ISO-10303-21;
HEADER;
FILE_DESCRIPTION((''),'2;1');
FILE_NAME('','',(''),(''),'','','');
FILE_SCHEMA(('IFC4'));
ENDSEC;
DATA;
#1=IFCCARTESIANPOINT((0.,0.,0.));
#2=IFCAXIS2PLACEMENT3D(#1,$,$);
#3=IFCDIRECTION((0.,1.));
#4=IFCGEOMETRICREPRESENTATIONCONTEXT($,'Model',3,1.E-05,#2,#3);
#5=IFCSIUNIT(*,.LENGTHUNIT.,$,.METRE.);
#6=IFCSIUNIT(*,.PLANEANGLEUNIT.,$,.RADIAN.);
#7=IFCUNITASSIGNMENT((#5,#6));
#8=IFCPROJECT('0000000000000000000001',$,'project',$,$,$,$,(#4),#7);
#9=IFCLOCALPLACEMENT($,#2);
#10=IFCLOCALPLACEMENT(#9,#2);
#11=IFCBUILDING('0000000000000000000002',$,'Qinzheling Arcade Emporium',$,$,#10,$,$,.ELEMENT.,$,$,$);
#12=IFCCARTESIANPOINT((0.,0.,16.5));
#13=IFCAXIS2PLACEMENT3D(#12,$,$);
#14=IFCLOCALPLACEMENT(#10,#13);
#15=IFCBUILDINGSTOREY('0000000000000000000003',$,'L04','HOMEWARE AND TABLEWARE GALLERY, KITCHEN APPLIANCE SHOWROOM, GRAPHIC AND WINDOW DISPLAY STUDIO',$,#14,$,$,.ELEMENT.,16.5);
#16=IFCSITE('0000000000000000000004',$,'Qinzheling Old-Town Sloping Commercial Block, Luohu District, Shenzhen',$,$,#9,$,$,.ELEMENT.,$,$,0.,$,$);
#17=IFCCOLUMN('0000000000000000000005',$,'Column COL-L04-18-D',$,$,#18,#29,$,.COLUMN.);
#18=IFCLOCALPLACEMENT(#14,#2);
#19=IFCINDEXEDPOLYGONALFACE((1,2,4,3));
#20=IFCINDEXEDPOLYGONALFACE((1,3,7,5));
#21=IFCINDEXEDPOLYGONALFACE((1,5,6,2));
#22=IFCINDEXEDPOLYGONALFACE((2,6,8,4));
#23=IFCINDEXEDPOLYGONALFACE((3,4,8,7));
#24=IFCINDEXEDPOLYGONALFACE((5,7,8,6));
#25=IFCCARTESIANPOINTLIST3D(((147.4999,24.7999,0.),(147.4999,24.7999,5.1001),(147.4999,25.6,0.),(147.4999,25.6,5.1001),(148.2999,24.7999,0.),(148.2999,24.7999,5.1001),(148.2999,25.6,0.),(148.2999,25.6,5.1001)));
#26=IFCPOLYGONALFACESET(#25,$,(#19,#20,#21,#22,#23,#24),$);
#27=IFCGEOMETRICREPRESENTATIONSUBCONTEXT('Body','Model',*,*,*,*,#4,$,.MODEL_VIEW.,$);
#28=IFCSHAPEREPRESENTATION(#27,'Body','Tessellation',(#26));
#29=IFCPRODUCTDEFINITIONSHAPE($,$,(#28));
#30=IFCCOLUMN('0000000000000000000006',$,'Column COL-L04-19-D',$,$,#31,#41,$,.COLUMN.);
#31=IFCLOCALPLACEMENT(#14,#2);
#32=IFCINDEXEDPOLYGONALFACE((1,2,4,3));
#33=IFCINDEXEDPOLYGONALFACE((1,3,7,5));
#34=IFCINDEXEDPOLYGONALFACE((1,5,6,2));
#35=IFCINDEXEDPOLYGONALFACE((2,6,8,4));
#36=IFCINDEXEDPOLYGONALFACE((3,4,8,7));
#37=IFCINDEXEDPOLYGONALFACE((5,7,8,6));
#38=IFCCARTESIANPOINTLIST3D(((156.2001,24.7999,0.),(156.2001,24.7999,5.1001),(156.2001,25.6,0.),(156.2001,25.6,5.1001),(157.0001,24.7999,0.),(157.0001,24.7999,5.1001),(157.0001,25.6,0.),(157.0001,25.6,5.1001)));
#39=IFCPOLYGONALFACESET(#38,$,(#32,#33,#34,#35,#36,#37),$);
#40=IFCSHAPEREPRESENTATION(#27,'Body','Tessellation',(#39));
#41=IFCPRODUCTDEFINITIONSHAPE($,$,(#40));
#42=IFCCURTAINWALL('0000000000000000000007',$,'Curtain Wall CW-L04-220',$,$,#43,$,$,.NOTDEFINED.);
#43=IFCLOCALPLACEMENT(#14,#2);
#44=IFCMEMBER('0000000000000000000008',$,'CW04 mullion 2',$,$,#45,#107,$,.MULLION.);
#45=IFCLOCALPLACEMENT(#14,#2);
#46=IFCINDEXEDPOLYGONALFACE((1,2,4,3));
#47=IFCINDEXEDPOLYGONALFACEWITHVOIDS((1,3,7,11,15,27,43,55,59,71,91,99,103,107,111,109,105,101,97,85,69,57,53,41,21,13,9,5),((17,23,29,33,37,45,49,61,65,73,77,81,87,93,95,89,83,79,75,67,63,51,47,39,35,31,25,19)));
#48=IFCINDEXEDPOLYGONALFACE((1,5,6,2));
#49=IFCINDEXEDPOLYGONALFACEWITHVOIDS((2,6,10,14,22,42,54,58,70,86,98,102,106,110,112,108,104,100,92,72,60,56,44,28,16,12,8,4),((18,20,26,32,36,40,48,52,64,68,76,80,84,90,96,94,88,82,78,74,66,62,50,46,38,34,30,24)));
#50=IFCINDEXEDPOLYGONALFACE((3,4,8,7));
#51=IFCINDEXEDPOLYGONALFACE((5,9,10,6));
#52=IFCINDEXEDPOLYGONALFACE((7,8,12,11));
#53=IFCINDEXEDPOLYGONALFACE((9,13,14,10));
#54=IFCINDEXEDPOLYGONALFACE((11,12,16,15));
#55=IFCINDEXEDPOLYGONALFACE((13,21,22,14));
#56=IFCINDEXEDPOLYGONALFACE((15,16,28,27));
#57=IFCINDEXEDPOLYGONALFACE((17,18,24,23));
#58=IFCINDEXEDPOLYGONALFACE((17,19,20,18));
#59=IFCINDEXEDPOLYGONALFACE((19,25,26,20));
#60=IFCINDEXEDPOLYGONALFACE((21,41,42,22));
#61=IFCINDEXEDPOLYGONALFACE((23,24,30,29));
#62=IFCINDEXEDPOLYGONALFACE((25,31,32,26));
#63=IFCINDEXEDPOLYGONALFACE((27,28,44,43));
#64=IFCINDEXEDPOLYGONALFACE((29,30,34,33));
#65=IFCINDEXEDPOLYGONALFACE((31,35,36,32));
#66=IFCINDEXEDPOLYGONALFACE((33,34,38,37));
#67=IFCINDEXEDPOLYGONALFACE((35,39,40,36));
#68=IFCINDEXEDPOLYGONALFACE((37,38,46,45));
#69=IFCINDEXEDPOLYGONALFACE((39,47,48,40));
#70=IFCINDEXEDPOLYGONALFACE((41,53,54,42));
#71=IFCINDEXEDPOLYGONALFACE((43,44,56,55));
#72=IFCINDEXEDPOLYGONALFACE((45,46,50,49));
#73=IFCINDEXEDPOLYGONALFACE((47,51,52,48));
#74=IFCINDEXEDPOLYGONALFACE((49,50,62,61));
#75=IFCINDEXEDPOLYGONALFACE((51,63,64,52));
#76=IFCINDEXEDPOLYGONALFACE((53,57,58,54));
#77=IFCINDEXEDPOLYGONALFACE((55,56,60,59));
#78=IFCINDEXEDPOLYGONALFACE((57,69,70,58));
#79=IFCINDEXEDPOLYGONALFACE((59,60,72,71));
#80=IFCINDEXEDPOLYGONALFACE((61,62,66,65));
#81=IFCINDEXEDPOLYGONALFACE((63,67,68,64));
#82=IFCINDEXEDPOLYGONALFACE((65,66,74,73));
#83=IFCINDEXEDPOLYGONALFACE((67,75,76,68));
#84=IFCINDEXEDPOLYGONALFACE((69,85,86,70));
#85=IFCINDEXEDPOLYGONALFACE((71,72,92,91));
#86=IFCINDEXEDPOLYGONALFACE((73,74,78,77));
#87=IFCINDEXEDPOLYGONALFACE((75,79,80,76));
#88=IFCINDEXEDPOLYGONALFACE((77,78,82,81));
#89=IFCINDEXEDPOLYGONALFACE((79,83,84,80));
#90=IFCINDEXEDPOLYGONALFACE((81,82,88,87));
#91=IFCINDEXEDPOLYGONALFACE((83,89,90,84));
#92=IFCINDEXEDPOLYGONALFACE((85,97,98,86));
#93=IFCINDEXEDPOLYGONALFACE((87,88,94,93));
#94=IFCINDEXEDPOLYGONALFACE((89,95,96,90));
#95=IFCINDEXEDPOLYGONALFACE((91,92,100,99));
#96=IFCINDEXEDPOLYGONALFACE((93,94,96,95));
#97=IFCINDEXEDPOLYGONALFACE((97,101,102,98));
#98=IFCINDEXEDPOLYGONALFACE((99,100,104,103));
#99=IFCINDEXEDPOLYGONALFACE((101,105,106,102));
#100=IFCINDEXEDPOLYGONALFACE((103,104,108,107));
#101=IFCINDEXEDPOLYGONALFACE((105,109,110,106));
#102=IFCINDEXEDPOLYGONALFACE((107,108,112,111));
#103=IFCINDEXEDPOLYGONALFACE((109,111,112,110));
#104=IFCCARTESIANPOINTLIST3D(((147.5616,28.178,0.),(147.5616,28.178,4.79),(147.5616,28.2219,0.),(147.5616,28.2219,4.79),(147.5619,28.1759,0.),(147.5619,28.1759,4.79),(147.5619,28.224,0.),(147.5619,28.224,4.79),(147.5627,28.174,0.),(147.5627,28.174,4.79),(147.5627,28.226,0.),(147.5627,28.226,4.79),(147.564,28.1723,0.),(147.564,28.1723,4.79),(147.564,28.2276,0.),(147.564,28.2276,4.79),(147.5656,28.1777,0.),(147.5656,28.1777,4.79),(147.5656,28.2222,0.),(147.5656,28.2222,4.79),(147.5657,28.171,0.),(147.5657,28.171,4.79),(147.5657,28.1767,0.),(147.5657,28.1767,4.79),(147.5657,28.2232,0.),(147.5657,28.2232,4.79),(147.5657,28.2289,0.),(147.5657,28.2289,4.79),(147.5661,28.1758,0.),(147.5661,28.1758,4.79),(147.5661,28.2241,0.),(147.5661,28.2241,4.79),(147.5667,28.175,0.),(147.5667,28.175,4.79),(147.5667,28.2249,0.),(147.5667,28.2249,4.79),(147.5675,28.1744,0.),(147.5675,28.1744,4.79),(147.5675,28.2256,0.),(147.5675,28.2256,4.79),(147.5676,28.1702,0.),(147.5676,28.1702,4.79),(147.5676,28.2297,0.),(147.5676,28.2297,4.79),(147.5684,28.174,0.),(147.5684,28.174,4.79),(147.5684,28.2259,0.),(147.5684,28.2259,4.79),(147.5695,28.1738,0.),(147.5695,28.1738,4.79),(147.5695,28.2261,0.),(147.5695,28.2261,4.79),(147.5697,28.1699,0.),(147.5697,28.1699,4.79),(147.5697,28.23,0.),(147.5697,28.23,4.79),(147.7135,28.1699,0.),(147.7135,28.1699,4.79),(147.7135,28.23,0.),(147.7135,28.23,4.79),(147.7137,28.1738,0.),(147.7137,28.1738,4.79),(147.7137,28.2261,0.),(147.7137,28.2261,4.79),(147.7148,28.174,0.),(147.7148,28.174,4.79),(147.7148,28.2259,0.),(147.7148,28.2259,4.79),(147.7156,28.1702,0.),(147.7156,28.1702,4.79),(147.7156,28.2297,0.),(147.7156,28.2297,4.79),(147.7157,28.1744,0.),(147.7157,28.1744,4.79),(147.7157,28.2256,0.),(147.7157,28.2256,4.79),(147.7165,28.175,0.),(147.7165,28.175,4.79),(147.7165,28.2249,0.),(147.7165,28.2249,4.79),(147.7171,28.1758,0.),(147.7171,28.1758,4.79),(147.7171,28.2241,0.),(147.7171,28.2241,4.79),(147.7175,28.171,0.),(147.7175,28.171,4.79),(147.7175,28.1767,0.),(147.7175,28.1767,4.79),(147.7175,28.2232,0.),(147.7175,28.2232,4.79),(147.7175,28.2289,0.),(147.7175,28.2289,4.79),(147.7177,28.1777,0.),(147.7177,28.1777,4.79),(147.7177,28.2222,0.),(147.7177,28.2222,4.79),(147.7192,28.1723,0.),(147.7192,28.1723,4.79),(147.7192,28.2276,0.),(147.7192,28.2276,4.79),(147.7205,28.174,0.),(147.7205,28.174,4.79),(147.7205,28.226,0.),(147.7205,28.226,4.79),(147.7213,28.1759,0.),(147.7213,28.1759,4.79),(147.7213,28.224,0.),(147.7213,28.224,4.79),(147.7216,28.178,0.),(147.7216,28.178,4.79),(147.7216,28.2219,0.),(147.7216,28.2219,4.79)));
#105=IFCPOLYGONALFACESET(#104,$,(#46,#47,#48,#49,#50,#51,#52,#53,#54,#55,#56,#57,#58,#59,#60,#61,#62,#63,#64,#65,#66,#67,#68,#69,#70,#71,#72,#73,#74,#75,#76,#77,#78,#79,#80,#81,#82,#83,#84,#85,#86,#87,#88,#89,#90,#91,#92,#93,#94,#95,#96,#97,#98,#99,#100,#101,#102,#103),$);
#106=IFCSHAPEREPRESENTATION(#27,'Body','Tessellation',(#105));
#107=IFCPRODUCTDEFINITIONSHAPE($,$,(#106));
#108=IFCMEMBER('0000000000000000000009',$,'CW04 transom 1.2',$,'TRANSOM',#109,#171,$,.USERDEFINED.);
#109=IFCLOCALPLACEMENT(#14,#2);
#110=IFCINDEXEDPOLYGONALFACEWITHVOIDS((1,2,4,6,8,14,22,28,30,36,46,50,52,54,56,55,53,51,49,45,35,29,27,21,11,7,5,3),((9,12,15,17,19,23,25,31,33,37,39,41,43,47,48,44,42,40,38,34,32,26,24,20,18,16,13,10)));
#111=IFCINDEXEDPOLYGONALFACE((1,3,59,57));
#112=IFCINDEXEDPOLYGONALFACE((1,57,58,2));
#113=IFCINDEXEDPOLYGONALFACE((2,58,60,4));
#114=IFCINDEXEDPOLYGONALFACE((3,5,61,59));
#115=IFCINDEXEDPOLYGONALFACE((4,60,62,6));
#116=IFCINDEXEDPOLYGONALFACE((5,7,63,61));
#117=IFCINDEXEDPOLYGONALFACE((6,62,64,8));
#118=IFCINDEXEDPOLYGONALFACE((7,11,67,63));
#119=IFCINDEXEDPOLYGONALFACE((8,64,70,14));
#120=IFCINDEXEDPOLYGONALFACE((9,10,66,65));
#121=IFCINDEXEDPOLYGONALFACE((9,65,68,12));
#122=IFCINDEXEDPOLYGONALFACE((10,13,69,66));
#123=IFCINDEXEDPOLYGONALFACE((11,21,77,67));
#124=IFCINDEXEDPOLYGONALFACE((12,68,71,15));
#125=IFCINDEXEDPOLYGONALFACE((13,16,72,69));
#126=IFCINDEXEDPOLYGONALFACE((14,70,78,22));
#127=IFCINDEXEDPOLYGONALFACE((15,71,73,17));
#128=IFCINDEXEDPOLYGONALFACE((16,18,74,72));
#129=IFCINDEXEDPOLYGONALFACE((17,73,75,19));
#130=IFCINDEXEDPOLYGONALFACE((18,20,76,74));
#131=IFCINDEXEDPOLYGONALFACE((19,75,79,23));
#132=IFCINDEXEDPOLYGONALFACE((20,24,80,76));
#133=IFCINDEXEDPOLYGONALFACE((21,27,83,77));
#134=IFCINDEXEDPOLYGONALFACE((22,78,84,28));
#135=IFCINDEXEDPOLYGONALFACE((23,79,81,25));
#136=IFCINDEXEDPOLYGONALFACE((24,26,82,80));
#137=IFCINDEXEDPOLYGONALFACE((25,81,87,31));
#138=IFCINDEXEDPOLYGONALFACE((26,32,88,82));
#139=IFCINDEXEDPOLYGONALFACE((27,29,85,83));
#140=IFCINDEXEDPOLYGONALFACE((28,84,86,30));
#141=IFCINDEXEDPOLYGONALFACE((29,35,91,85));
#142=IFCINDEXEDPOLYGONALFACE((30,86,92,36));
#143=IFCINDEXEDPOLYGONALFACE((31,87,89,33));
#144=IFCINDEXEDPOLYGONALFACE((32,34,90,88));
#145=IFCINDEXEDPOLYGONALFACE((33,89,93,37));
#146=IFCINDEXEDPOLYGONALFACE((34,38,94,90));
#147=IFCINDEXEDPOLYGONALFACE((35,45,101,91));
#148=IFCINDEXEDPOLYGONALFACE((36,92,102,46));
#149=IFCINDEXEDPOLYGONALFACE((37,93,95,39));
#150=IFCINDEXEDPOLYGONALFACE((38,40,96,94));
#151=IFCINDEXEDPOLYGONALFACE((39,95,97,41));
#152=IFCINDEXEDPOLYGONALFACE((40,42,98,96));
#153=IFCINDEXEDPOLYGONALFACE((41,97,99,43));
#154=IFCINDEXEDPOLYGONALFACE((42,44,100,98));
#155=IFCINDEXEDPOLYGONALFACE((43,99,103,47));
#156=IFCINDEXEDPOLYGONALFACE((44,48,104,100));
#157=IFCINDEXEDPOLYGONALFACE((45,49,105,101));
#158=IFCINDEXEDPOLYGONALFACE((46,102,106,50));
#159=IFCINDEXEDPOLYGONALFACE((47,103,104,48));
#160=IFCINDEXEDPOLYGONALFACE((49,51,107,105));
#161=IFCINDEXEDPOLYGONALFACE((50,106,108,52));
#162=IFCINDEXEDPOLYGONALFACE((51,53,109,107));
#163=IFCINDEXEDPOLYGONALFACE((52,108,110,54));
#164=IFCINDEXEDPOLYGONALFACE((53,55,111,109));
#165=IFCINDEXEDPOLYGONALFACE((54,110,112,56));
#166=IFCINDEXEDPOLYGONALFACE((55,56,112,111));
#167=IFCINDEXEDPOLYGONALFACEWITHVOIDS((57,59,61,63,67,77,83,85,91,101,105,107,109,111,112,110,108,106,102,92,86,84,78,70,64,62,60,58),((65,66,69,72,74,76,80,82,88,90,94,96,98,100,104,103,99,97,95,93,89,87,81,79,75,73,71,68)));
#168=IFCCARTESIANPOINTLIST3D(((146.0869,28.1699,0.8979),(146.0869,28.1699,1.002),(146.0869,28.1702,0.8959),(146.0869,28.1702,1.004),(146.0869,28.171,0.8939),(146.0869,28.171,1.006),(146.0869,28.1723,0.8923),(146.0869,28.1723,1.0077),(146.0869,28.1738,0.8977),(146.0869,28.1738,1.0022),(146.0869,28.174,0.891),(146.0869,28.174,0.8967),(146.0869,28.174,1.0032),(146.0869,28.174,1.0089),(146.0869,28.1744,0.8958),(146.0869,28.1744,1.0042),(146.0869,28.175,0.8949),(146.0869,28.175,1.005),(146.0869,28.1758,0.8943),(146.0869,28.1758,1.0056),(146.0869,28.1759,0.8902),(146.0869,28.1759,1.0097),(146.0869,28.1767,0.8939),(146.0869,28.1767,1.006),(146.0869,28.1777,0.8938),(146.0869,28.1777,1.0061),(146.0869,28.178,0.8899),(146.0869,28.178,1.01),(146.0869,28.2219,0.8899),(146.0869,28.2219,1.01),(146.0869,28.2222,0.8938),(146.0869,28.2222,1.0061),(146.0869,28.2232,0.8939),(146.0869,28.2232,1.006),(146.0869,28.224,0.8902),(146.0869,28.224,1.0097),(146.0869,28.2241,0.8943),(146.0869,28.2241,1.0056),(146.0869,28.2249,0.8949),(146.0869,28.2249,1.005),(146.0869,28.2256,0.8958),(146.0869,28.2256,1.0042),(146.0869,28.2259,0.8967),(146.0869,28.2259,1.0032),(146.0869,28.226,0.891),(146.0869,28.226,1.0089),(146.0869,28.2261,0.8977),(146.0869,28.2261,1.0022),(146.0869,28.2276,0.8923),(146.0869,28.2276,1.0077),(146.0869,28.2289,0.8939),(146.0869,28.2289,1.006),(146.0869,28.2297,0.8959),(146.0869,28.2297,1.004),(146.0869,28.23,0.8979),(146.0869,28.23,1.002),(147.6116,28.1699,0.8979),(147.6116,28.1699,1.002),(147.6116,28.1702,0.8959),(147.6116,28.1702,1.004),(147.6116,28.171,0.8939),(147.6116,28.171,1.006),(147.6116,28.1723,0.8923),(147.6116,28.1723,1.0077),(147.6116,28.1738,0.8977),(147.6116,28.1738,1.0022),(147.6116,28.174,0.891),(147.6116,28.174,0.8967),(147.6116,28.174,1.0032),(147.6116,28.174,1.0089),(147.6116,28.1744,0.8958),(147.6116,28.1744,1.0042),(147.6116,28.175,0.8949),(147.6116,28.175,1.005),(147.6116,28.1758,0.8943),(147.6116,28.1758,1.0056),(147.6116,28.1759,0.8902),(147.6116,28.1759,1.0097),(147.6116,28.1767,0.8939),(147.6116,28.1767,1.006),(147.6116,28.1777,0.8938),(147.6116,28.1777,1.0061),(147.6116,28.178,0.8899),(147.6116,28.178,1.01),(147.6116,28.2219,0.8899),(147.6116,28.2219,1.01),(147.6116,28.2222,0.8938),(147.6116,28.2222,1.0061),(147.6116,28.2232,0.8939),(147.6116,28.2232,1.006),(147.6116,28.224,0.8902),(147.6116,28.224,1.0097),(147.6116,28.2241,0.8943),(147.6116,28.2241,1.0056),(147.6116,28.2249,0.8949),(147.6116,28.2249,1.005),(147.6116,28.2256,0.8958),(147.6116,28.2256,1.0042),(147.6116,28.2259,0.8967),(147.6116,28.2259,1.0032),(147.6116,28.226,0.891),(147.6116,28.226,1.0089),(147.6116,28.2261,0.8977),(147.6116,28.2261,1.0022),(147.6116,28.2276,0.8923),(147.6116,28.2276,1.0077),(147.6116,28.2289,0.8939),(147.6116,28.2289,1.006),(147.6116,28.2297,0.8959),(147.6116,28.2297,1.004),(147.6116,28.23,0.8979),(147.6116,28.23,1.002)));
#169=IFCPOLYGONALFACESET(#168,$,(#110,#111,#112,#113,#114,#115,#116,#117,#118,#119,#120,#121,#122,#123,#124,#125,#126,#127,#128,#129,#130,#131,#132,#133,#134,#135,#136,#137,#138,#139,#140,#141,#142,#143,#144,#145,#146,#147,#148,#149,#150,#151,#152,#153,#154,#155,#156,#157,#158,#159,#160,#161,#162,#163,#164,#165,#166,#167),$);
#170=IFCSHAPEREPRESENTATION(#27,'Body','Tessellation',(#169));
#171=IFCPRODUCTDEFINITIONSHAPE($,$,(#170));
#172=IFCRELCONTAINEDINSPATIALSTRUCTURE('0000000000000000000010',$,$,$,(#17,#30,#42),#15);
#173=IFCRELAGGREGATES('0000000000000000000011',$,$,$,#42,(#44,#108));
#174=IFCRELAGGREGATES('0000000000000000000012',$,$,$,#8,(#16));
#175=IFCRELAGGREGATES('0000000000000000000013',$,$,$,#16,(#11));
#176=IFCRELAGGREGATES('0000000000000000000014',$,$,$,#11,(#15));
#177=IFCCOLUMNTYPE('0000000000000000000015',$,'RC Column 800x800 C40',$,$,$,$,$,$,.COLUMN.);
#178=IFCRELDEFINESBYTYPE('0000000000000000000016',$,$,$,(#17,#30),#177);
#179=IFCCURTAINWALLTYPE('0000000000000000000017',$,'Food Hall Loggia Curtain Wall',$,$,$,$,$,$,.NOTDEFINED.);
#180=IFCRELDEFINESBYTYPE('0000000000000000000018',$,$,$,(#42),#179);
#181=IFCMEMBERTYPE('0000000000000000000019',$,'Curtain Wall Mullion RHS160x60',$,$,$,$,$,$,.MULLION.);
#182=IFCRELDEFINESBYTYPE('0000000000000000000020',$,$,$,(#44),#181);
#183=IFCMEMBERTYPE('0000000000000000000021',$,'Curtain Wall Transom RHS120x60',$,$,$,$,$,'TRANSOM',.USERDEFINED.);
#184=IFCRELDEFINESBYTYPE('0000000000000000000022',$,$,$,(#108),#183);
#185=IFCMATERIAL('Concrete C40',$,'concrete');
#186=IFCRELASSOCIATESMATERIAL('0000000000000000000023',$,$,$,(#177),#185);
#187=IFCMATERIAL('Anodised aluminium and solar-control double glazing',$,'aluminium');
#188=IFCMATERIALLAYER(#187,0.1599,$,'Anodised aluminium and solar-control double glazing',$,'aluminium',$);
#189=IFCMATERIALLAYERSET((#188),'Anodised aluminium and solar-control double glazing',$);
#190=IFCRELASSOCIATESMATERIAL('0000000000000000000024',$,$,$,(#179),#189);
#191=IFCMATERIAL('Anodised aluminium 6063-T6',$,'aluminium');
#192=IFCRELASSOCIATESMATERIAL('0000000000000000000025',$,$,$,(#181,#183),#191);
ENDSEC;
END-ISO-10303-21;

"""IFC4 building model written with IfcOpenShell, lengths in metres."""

from ifc_helpers import new_model, si_unit, direction, frame, origin, origin_2d, place, context, subcontext, project, spatial, rectangle, hollow_rectangle, extrude, material, layer, layer_set, material_profile, profile_set, type_object, element, aggregate, save


model = new_model("IFC4")

# Units and contexts
model_context = context("Model", 3, precision=1e-05, world=origin(), true_north=direction((0.0, 1.0)))
body_context = subcontext(model_context, "Body", "Model", "MODEL_VIEW")
ifc_project = project(units=[si_unit("LENGTHUNIT", "METRE"), si_unit("PLANEANGLEUNIT", "RADIAN")], contexts=[model_context])

# Site, building, storey
site_placement = place(None, origin())
site = spatial("IfcSite", under=ifc_project, at=site_placement, Name="Qinzheling Old-Town Sloping Commercial Block, Luohu District, Shenzhen", CompositionType="ELEMENT", RefElevation=0.0)
building_placement = place(site_placement, origin())
building = spatial("IfcBuilding", under=site, at=building_placement, Name="Qinzheling Arcade Emporium", CompositionType="ELEMENT")
storey_placement = place(building_placement, frame((0.0, 0.0, 16.5)))
storey = spatial("IfcBuildingStorey", under=building, at=storey_placement, Name="L04", Description="HOMEWARE AND TABLEWARE GALLERY, KITCHEN APPLIANCE SHOWROOM, GRAPHIC AND WINDOW DISPLAY STUDIO", CompositionType="ELEMENT", Elevation=16.5)

# Columns
ifc_material_1 = material(Name="Concrete C40", Category="concrete")
ifc_material_profile_1 = material_profile(ifc_material_1, rectangle(XDim=0.8, YDim=0.8, at=origin_2d()), Name="RC 800x800", Category="concrete")
ifc_profile_set_1 = profile_set([ifc_material_profile_1], Name="Concrete C40")
column_type = type_object("IfcColumnType", Name="RC Column 800x800 C40", PredefinedType="COLUMN", material=ifc_profile_set_1)
for number, where, z_axis, x_axis, name in (
    (1, (147.8999, 25.2, 0.0), (0.0, 0.0, 1.0), (1.0, 0.0, 0.0), "Column COL-L04-18-D"),
    (2, (156.6001, 25.2, 0.0), (0.0, 0.0, 1.0), (1.0, 0.0, 0.0), "Column COL-L04-19-D"),
):
    element("IfcColumn", number, at=place(storey_placement, frame(where, z_axis=z_axis, x_axis=x_axis)), inside=storey, type_object=column_type, Name=name, PredefinedType="COLUMN", context=body_context, shape_type="SweptSolid", body=[
        extrude(rectangle(XDim=0.8, YDim=0.8, at=origin_2d()), origin(), (0.0, 0.0, 1.0), 5.1001),
    ])

# Curtain wall, members
ifc_material_2 = material(Name="Anodised aluminium and solar-control double glazing", Category="aluminium")
ifc_layer_1 = layer(ifc_material_2, 0.1599, Name="Anodised aluminium and solar-control double glazing", Category="aluminium")
ifc_layer_set_1 = layer_set([ifc_layer_1], Name="Anodised aluminium and solar-control double glazing")
curtain_wall_type = type_object("IfcCurtainWallType", Name="Food Hall Loggia Curtain Wall", PredefinedType="NOTDEFINED", material=ifc_layer_set_1)
curtain_wall_placement = place(storey_placement, origin())
curtain_wall = element("IfcCurtainWall", 3, at=curtain_wall_placement, inside=storey, type_object=curtain_wall_type, Name="Curtain Wall CW-L04-220", PredefinedType="NOTDEFINED")
ifc_material_3 = material(Name="Anodised aluminium 6063-T6", Category="aluminium")
ifc_material_profile_2 = material_profile(ifc_material_3, hollow_rectangle(XDim=0.0601, YDim=0.1599, WallThickness=0.0039, InnerFilletRadius=0.0039, OuterFilletRadius=0.0081, at=origin_2d()), Name="RHS 160x60x4", Category="aluminium")
ifc_profile_set_2 = profile_set([ifc_material_profile_2], Name="Anodised aluminium 6063-T6")
member_type_1 = type_object("IfcMemberType", Name="Curtain Wall Mullion RHS160x60", PredefinedType="MULLION", material=ifc_profile_set_2)
member_1_placement = place(storey_placement, frame((147.6416, 28.2, 0.0), z_axis=(0.0, 0.0, 1.0), x_axis=(0.0, 1.0, 0.0)))
member_1 = element("IfcMember", 4, at=member_1_placement, type_object=member_type_1, Name="CW04 mullion 2", PredefinedType="MULLION", context=body_context, shape_type="SweptSolid", body=[
    extrude(hollow_rectangle(XDim=0.0601, YDim=0.1599, WallThickness=0.0039, InnerFilletRadius=0.0039, OuterFilletRadius=0.0081, at=origin_2d()), origin(), (0.0, 0.0, 1.0), 4.79),
])
ifc_material_profile_3 = material_profile(ifc_material_3, hollow_rectangle(XDim=0.0601, YDim=0.1201, WallThickness=0.0039, InnerFilletRadius=0.0039, OuterFilletRadius=0.0081, at=origin_2d()), Name="RHS 120x60x4", Category="aluminium")
ifc_profile_set_3 = profile_set([ifc_material_profile_3], Name="Anodised aluminium 6063-T6")
member_type_2 = type_object("IfcMemberType", Name="Curtain Wall Transom RHS120x60", ElementType="TRANSOM", PredefinedType="USERDEFINED", material=ifc_profile_set_3)
member_2_placement = place(storey_placement, frame((146.0869, 28.2, 0.95), z_axis=(1.0, 0.0, 0.0), x_axis=(0.0, 1.0, 0.0)))
member_2 = element("IfcMember", 5, at=member_2_placement, type_object=member_type_2, Name="CW04 transom 1.2", ObjectType="TRANSOM", PredefinedType="USERDEFINED", context=body_context, shape_type="SweptSolid", body=[
    extrude(hollow_rectangle(XDim=0.0601, YDim=0.1201, WallThickness=0.0039, InnerFilletRadius=0.0039, OuterFilletRadius=0.0081, at=origin_2d()), origin(), (0.0, 0.0, 1.0), 1.5247),
])

aggregate(curtain_wall, [member_1, member_2])

save(model, "model.ifc")
